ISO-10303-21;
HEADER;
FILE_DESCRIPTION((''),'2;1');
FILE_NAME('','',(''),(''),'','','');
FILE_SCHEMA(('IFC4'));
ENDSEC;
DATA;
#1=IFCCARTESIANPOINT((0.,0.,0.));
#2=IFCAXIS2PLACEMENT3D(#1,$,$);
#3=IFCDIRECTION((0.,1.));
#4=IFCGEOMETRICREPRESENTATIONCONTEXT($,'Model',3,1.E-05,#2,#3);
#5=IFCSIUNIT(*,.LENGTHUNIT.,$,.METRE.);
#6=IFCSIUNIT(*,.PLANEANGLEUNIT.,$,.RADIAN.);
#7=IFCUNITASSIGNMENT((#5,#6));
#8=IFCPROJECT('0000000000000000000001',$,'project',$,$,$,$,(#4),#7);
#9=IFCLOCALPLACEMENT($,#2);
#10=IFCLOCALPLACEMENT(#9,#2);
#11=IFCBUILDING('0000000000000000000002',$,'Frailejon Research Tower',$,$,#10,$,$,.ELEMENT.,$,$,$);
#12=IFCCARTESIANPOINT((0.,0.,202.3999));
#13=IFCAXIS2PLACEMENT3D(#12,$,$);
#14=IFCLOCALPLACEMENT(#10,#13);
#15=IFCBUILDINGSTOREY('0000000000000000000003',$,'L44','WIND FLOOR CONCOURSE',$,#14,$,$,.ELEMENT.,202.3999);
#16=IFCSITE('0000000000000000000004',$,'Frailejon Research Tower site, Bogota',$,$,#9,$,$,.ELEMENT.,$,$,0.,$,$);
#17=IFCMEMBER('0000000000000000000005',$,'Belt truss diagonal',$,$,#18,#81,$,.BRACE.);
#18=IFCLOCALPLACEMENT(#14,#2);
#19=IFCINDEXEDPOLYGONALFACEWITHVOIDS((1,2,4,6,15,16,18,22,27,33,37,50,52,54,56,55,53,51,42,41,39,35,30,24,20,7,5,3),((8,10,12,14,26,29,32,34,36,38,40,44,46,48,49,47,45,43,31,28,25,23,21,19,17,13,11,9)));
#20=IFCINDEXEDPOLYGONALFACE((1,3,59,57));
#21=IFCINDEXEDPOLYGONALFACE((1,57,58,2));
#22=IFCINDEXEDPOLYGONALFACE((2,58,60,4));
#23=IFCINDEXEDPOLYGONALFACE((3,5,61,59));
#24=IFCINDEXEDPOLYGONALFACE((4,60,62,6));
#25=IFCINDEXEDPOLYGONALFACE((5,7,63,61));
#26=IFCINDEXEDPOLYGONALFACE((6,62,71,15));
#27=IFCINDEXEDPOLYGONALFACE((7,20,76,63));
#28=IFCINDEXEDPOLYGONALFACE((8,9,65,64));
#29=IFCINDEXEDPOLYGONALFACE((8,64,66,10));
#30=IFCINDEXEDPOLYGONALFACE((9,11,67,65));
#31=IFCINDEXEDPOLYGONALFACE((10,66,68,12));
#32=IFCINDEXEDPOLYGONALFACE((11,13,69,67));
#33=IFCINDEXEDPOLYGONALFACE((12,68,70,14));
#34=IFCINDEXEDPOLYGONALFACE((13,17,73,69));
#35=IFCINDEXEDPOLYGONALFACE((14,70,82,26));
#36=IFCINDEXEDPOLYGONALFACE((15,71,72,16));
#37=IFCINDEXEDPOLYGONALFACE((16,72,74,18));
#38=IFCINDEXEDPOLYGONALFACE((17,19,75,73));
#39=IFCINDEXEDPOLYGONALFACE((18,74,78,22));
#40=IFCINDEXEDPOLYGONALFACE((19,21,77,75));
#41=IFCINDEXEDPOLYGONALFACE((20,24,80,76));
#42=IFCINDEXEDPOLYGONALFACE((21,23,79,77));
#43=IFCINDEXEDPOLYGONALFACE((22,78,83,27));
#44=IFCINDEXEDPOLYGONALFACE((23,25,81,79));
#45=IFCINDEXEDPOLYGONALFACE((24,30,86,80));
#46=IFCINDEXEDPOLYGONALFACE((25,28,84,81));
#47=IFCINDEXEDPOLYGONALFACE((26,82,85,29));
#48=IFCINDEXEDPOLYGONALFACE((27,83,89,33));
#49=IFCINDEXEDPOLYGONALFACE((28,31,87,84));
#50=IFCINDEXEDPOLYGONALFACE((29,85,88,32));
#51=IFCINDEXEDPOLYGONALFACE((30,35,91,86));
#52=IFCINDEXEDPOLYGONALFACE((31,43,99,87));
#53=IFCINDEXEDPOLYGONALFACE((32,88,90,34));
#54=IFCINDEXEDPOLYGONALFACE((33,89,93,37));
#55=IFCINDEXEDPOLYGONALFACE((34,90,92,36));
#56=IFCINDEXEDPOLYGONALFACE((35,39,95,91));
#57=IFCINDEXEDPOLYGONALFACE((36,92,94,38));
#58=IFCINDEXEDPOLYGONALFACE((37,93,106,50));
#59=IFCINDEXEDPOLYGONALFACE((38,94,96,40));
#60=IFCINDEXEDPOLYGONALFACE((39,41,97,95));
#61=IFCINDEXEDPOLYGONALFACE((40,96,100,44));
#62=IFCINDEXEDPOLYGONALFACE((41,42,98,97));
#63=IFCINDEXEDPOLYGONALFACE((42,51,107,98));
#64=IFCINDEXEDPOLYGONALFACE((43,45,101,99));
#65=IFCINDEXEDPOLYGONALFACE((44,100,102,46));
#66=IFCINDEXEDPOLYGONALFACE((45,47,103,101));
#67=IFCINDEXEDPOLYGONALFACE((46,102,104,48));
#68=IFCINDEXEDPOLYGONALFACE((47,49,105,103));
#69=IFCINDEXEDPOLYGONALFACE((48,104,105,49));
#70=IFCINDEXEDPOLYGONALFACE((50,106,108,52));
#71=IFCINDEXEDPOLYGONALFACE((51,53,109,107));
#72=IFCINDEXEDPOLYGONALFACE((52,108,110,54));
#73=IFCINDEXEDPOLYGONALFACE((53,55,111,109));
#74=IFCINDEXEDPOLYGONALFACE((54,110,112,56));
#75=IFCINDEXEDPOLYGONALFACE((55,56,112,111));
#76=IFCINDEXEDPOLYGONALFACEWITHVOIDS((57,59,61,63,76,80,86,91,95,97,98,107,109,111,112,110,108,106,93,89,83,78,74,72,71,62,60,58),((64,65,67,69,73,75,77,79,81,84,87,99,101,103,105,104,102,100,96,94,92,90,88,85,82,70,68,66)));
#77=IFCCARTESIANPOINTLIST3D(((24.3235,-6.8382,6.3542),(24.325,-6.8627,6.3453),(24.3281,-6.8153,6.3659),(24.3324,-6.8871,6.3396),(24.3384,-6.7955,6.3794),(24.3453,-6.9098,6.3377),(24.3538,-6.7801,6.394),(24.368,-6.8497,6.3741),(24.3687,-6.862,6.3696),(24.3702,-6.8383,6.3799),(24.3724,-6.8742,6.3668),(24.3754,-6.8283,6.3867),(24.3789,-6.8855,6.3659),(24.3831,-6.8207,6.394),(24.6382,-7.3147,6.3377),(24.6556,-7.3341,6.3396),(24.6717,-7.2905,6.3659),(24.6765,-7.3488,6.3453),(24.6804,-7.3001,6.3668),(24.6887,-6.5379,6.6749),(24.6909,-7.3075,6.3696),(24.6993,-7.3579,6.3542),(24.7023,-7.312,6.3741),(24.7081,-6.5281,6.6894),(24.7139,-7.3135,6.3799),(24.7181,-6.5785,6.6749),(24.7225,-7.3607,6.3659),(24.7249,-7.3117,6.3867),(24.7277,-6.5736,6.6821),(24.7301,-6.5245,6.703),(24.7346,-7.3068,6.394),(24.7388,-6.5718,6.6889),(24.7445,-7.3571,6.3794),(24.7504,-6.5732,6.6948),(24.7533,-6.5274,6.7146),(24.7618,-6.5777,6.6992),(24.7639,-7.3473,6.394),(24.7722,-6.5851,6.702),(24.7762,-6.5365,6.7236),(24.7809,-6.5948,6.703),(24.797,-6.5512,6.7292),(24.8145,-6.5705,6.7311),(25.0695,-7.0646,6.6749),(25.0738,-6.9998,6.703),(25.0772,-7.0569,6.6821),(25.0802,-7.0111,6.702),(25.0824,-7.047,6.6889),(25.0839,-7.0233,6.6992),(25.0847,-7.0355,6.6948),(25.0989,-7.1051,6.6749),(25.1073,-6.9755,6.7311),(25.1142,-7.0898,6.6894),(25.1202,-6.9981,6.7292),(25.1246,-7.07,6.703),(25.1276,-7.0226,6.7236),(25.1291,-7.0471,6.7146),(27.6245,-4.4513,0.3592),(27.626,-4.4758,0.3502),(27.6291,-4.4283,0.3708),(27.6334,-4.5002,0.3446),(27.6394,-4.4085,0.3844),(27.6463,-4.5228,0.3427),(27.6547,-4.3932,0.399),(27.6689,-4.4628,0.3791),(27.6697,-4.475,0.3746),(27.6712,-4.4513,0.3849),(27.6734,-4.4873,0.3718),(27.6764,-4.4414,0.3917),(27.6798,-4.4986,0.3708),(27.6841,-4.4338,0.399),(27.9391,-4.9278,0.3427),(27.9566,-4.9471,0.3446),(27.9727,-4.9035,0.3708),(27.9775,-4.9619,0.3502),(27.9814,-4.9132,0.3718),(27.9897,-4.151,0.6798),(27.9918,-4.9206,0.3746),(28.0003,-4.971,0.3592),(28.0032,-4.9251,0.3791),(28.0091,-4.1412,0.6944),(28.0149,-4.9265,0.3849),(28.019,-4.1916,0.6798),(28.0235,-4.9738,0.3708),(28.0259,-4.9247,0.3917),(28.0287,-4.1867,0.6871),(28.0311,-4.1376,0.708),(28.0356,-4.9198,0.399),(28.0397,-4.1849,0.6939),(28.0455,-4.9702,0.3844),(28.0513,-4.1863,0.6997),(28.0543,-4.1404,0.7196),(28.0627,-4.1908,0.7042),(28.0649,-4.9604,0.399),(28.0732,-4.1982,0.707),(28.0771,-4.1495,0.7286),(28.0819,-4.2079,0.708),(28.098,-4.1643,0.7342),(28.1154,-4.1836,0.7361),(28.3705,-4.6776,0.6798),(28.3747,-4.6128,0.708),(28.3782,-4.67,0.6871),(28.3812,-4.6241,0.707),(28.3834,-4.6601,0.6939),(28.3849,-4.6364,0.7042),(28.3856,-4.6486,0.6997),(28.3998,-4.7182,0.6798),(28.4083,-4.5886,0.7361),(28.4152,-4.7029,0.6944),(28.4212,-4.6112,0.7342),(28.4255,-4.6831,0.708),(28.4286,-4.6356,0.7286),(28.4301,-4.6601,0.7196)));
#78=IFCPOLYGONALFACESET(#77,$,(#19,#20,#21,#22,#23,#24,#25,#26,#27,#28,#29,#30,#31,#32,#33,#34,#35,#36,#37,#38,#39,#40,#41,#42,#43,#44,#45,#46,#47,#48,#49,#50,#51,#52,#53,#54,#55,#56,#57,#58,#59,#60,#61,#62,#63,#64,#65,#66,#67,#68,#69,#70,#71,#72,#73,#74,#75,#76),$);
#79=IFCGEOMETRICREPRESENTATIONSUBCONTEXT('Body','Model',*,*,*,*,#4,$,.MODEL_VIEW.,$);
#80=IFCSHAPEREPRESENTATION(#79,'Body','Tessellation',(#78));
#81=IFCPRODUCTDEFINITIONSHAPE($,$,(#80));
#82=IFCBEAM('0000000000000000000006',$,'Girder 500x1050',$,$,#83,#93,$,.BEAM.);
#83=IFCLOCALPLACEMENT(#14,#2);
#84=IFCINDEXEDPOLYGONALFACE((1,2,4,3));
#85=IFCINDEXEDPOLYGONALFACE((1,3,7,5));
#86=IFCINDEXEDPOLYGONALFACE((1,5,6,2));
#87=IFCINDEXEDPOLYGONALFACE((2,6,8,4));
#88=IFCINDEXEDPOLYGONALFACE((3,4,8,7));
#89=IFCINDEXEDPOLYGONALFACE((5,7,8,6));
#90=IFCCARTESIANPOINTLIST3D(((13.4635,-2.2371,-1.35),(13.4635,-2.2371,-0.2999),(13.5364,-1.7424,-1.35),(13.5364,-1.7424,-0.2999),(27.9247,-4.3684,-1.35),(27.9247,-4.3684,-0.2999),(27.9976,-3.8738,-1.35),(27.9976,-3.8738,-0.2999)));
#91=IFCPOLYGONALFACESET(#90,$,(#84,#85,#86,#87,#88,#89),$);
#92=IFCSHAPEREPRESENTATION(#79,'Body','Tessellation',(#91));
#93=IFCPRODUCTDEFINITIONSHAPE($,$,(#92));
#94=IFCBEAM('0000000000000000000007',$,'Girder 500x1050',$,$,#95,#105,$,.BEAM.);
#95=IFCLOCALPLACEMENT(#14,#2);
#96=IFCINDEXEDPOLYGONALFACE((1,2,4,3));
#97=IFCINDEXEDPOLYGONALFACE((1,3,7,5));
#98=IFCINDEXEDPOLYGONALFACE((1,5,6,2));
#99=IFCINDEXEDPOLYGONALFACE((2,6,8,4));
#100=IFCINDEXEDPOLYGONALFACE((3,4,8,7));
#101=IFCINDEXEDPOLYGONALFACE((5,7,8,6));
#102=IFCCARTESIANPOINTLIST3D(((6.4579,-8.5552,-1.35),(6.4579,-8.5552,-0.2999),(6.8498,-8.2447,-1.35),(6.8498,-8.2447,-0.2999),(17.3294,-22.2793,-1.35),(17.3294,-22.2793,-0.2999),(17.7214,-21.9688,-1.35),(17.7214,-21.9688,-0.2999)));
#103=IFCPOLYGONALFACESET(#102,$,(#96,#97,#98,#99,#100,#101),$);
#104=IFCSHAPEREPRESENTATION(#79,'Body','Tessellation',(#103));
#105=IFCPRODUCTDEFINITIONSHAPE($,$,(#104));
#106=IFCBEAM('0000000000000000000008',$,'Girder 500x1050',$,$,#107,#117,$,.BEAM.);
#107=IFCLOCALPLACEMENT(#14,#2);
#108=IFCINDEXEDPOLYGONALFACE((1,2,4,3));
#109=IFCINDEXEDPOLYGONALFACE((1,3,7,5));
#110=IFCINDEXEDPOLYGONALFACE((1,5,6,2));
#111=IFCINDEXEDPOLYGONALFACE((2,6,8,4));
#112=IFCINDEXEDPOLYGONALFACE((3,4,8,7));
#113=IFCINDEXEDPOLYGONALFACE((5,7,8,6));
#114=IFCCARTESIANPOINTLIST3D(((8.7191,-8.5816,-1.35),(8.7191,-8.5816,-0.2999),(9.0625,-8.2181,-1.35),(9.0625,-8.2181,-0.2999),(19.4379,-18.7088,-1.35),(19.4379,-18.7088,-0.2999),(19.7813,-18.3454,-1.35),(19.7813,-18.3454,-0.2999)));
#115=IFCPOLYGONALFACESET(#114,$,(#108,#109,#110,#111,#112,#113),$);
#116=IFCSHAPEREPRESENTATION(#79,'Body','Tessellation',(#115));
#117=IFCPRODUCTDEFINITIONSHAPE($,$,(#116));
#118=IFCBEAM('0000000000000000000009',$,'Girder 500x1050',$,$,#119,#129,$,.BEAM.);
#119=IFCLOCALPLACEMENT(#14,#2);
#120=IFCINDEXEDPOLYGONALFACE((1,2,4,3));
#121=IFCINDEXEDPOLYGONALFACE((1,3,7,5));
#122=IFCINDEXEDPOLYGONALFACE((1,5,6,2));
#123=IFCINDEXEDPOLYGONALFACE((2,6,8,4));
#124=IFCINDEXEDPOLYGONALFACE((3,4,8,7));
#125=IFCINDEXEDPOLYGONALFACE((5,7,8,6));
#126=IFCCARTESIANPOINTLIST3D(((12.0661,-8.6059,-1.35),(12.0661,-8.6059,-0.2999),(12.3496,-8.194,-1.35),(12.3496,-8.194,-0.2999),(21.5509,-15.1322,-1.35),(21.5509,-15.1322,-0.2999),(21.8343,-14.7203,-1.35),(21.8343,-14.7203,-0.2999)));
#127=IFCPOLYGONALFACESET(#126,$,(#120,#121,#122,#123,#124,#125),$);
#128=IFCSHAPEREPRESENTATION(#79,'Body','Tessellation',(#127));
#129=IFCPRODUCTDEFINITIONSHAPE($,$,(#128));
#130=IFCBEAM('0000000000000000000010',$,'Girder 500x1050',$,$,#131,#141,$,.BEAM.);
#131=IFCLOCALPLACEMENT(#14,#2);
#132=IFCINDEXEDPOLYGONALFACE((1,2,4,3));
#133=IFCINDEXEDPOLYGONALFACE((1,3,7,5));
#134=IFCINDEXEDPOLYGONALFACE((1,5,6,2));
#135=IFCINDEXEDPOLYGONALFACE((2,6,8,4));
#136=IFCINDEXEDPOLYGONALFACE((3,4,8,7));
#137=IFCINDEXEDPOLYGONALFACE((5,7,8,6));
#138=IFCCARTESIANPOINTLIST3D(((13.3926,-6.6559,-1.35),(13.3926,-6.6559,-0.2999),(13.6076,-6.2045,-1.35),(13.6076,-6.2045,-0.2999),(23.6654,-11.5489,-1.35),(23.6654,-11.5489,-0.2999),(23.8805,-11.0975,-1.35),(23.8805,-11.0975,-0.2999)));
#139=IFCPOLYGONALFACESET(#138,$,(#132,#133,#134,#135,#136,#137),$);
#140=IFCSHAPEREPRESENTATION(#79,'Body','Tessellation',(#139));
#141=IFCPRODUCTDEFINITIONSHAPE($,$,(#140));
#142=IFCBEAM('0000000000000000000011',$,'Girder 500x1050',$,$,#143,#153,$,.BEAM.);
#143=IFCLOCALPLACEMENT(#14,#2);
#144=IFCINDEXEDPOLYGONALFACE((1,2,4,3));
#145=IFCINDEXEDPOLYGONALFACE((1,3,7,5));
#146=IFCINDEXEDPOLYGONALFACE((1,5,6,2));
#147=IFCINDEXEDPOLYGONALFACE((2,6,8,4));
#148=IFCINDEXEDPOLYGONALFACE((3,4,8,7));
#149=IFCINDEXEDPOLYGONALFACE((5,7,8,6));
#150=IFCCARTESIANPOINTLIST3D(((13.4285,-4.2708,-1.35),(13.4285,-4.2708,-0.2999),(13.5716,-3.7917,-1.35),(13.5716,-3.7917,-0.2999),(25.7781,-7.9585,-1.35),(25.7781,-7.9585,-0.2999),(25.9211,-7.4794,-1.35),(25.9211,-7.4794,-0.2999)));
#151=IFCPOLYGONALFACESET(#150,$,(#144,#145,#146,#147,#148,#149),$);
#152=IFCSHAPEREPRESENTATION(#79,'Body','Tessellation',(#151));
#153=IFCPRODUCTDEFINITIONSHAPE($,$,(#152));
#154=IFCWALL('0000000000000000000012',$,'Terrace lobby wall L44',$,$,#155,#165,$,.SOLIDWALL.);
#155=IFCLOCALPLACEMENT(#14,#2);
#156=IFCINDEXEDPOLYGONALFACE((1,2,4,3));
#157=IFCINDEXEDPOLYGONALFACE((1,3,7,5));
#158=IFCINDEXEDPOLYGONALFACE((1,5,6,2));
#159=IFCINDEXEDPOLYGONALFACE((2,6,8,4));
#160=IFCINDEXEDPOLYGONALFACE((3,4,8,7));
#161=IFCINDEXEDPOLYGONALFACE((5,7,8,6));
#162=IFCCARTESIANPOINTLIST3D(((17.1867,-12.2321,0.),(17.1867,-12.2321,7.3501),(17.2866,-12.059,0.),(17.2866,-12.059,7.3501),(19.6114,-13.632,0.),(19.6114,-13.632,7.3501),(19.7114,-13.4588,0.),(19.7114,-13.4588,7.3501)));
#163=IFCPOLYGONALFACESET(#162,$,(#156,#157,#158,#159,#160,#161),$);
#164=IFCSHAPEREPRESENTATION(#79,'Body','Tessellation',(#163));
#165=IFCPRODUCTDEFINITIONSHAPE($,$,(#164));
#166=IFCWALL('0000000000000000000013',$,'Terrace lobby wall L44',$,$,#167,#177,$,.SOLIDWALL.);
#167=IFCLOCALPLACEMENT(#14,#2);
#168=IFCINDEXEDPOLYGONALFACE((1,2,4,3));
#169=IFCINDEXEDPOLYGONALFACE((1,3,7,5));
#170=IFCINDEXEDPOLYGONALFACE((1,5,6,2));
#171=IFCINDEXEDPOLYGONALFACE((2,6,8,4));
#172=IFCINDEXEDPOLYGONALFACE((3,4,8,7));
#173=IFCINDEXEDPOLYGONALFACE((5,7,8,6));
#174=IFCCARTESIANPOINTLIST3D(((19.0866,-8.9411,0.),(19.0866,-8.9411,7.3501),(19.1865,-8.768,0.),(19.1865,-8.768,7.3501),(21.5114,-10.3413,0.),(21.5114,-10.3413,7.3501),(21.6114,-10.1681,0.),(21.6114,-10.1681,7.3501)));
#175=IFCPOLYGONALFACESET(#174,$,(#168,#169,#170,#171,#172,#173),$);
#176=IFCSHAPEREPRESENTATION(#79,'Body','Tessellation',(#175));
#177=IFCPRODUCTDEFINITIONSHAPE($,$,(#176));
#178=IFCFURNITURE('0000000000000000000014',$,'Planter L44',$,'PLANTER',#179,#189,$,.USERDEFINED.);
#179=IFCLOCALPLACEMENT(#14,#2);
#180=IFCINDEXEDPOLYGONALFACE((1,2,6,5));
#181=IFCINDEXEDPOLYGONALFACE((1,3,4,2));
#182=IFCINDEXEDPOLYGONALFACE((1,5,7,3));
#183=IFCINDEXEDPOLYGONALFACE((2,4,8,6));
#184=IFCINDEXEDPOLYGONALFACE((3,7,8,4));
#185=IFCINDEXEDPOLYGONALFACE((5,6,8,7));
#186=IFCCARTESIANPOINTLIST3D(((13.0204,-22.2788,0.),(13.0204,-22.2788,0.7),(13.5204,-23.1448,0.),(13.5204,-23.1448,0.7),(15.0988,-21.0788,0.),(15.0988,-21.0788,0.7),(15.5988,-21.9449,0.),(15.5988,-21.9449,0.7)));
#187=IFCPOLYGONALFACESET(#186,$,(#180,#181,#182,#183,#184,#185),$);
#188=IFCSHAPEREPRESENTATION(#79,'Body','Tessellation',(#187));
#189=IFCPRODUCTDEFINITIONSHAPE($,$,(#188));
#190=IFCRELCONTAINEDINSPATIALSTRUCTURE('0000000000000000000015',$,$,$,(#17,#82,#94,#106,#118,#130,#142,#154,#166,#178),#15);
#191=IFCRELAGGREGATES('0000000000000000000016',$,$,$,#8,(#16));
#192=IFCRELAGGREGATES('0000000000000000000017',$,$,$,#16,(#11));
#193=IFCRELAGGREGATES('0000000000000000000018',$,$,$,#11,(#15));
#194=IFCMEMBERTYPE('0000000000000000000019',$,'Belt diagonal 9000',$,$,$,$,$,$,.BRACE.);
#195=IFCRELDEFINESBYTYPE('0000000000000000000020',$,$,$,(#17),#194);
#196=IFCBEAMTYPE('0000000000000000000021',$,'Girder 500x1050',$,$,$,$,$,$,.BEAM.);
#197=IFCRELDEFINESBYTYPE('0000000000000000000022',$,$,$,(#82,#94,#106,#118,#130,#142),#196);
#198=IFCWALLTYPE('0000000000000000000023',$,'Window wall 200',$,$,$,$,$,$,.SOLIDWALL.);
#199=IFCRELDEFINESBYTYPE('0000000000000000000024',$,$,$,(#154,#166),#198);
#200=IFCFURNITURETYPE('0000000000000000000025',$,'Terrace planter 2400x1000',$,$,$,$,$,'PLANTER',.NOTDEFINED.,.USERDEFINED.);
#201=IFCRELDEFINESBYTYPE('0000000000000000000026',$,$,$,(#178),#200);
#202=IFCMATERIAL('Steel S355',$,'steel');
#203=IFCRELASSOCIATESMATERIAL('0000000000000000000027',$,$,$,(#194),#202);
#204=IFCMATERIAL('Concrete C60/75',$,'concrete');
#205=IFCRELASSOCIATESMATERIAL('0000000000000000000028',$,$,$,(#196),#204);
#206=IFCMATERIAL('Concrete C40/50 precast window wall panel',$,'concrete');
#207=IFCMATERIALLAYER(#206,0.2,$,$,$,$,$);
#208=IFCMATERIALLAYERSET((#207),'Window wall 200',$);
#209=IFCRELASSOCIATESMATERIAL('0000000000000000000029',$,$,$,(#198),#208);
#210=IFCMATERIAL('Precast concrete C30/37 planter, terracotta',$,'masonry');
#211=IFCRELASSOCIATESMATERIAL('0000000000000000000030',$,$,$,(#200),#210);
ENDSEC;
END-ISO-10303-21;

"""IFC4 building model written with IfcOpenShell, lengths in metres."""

from ifc_helpers import new_model, si_unit, direction, frame, frame_2d, origin, origin_2d, place, context, subcontext, project, spatial, rectangle, hollow_rectangle, extrude, material, layer, layer_set, material_profile, profile_set, type_object, element, save


model = new_model("IFC4")

# Units and contexts
model_context = context("Model", 3, precision=1e-05, world=origin(), true_north=direction((0.0, 1.0)))
body_context = subcontext(model_context, "Body", "Model", "MODEL_VIEW")
ifc_project = project(units=[si_unit("LENGTHUNIT", "METRE"), si_unit("PLANEANGLEUNIT", "RADIAN")], contexts=[model_context])

# Site, building, storey
site_placement = place(None, origin())
site = spatial("IfcSite", under=ifc_project, at=site_placement, Name="Frailejon Research Tower site, Bogota", CompositionType="ELEMENT", RefElevation=0.0)
building_placement = place(site_placement, origin())
building = spatial("IfcBuilding", under=site, at=building_placement, Name="Frailejon Research Tower", CompositionType="ELEMENT")
storey_placement = place(building_placement, frame((0.0, 0.0, 202.3999)))
storey = spatial("IfcBuildingStorey", under=building, at=storey_placement, Name="L44", Description="WIND FLOOR CONCOURSE", CompositionType="ELEMENT", Elevation=202.3999)

# Member
ifc_material_1 = material(Name="Steel S355", Category="steel")
ifc_material_profile_1 = material_profile(ifc_material_1, hollow_rectangle(XDim=0.7, YDim=0.7, WallThickness=0.05, InnerFilletRadius=0.05, OuterFilletRadius=0.1001, at=origin_2d()), Name="Belt diagonal 9000")
ifc_profile_set_1 = profile_set([ifc_material_profile_1], Name="Steel S355")
member_type = type_object("IfcMemberType", Name="Belt diagonal 9000", PredefinedType="BRACE", material=ifc_profile_set_1)
member_1_placement = place(storey_placement, frame((24.7263, -6.9426, 6.5344), z_axis=(0.45543, 0.32932, -0.827123), x_axis=(-0.585957, 0.810342, 0.0)))
element("IfcMember", 1, at=member_1_placement, inside=storey, type_object=member_type, Name="Belt truss diagonal", PredefinedType="BRACE", context=body_context, shape_type="SweptSolid", body=[
    extrude(hollow_rectangle(XDim=0.7, YDim=0.7, WallThickness=0.05, InnerFilletRadius=0.05, OuterFilletRadius=0.1001, at=origin_2d()), origin(), (0.0, 0.0, 1.0), 7.248),
])

# Beams
ifc_material_2 = material(Name="Concrete C60/75", Category="concrete")
ifc_material_profile_2 = material_profile(ifc_material_2, rectangle(XDim=0.5, YDim=1.05, at=origin_2d()), Name="Girder 500x1050")
ifc_profile_set_2 = profile_set([ifc_material_profile_2], Name="Concrete C60/75")
beam_type_1 = type_object("IfcBeamType", Name="Girder 500x1050", PredefinedType="BEAM", material=ifc_profile_set_2)
beam_1_placement = place(storey_placement, frame((27.9612, -4.1211, -0.825), z_axis=(-0.989313, 0.145809, 0.0), x_axis=(-0.145809, -0.989313, 0.0)))
element("IfcBeam", 2, at=beam_1_placement, inside=storey, type_object=beam_type_1, Name="Girder 500x1050", PredefinedType="BEAM", context=body_context, shape_type="SweptSolid", body=[
    extrude(rectangle(XDim=0.5, YDim=1.05, at=origin_2d()), origin(), (0.0, 0.0, 1.0), 14.6174),
])
beam_2_placement = place(storey_placement, frame((17.5254, -22.124, -0.825), z_axis=(-0.620937, 0.783861, 0.0), x_axis=(-0.783861, -0.620937, 0.0)))
element("IfcBeam", 3, at=beam_2_placement, inside=storey, type_object=beam_type_1, Name="Girder 500x1050", PredefinedType="BEAM", context=body_context, shape_type="SweptSolid", body=[
    extrude(rectangle(XDim=0.5, YDim=1.05, at=origin_2d()), origin(), (0.0, 0.0, 1.0), 17.5083),
])
beam_3_placement = place(storey_placement, frame((19.6096, -18.5271, -0.825), z_axis=(-0.72688, 0.686765, 0.0), x_axis=(-0.686765, -0.72688, 0.0)))
element("IfcBeam", 4, at=beam_3_placement, inside=storey, type_object=beam_type_1, Name="Girder 500x1050", PredefinedType="BEAM", context=body_context, shape_type="SweptSolid", body=[
    extrude(rectangle(XDim=0.5, YDim=1.05, at=origin_2d()), origin(), (0.0, 0.0, 1.0), 14.7463),
])
beam_4_placement = place(storey_placement, frame((21.6926, -14.9263, -0.825), z_axis=(-0.823818, 0.566855, 0.0), x_axis=(-0.566855, -0.823818, 0.0)))
element("IfcBeam", 5, at=beam_4_placement, inside=storey, type_object=beam_type_1, Name="Girder 500x1050", PredefinedType="BEAM", context=body_context, shape_type="SweptSolid", body=[
    extrude(rectangle(XDim=0.5, YDim=1.05, at=origin_2d()), origin(), (0.0, 0.0, 1.0), 11.5132),
])
beam_5_placement = place(storey_placement, frame((23.7729, -11.3232, -0.825), z_axis=(-0.90282, 0.430019, 0.0), x_axis=(-0.430019, -0.90282, 0.0)))
element("IfcBeam", 6, at=beam_5_placement, inside=storey, type_object=beam_type_1, Name="Girder 500x1050", PredefinedType="BEAM", context=body_context, shape_type="SweptSolid", body=[
    extrude(rectangle(XDim=0.5, YDim=1.05, at=origin_2d()), origin(), (0.0, 0.0, 1.0), 11.3787),
])
beam_6_placement = place(storey_placement, frame((25.8496, -7.719, -0.825), z_axis=(-0.958191, 0.286128, 0.0), x_axis=(-0.286128, -0.958191, 0.0)))
element("IfcBeam", 7, at=beam_6_placement, inside=storey, type_object=beam_type_1, Name="Girder 500x1050", PredefinedType="BEAM", context=body_context, shape_type="SweptSolid", body=[
    extrude(rectangle(XDim=0.5, YDim=1.05, at=origin_2d()), origin(), (0.0, 0.0, 1.0), 12.8884),
])

# Shared definitions
ifc_material_3 = material(Name="Concrete C40/50 precast window wall panel", Category="concrete")
ifc_layer = layer(ifc_material_3, 0.2)
ifc_layer_set = layer_set([ifc_layer], Name="Window wall 200")
wall_type = type_object("IfcWallType", Name="Window wall 200", PredefinedType="SOLIDWALL", material=ifc_layer_set)

# Walls
wall_1_placement = place(storey_placement, frame((19.6614, -13.5454, 0.0), z_axis=(0.0, 0.0, 1.0), x_axis=(-0.866035, 0.499984, 0.0)))
element("IfcWall", 8, at=wall_1_placement, inside=storey, type_object=wall_type, Name="Terrace lobby wall L44", PredefinedType="SOLIDWALL", context=body_context, shape_type="SweptSolid", body=[
    extrude(rectangle(XDim=2.7998, YDim=0.2, at=frame_2d((1.3999, 0.0))), origin(), (0.0, 0.0, 1.0), 7.3501),
])
wall_2_placement = place(storey_placement, frame((21.5613, -10.2546, 0.0), z_axis=(0.0, 0.0, 1.0), x_axis=(-0.865997, 0.50005, 0.0)))
element("IfcWall", 9, at=wall_2_placement, inside=storey, type_object=wall_type, Name="Terrace lobby wall L44", PredefinedType="SOLIDWALL", context=body_context, shape_type="SweptSolid", body=[
    extrude(rectangle(XDim=2.8, YDim=0.2, at=frame_2d((1.3999, 0.0))), origin(), (0.0, 0.0, 1.0), 7.3501),
])

# Furniture
ifc_material_4 = material(Name="Precast concrete C30/37 planter, terracotta", Category="masonry")
furniture_type = type_object("IfcFurnitureType", Name="Terrace planter 2400x1000", ElementType="PLANTER", AssemblyPlace="NOTDEFINED", PredefinedType="USERDEFINED", material=ifc_material_4)
furniture_placement = place(storey_placement, frame((14.3096, -22.1118, 0.0), z_axis=(0.0, 0.0, 1.0), x_axis=(0.866025, 0.5, 0.0)))
element("IfcFurniture", 10, at=furniture_placement, inside=storey, type_object=furniture_type, Name="Planter L44", ObjectType="PLANTER", PredefinedType="USERDEFINED", context=body_context, shape_type="SweptSolid", body=[
    extrude(rectangle(XDim=2.3999, YDim=1.0, at=origin_2d()), origin(), (0.0, 0.0, 1.0), 0.7),
])

save(model, "model.ifc")
